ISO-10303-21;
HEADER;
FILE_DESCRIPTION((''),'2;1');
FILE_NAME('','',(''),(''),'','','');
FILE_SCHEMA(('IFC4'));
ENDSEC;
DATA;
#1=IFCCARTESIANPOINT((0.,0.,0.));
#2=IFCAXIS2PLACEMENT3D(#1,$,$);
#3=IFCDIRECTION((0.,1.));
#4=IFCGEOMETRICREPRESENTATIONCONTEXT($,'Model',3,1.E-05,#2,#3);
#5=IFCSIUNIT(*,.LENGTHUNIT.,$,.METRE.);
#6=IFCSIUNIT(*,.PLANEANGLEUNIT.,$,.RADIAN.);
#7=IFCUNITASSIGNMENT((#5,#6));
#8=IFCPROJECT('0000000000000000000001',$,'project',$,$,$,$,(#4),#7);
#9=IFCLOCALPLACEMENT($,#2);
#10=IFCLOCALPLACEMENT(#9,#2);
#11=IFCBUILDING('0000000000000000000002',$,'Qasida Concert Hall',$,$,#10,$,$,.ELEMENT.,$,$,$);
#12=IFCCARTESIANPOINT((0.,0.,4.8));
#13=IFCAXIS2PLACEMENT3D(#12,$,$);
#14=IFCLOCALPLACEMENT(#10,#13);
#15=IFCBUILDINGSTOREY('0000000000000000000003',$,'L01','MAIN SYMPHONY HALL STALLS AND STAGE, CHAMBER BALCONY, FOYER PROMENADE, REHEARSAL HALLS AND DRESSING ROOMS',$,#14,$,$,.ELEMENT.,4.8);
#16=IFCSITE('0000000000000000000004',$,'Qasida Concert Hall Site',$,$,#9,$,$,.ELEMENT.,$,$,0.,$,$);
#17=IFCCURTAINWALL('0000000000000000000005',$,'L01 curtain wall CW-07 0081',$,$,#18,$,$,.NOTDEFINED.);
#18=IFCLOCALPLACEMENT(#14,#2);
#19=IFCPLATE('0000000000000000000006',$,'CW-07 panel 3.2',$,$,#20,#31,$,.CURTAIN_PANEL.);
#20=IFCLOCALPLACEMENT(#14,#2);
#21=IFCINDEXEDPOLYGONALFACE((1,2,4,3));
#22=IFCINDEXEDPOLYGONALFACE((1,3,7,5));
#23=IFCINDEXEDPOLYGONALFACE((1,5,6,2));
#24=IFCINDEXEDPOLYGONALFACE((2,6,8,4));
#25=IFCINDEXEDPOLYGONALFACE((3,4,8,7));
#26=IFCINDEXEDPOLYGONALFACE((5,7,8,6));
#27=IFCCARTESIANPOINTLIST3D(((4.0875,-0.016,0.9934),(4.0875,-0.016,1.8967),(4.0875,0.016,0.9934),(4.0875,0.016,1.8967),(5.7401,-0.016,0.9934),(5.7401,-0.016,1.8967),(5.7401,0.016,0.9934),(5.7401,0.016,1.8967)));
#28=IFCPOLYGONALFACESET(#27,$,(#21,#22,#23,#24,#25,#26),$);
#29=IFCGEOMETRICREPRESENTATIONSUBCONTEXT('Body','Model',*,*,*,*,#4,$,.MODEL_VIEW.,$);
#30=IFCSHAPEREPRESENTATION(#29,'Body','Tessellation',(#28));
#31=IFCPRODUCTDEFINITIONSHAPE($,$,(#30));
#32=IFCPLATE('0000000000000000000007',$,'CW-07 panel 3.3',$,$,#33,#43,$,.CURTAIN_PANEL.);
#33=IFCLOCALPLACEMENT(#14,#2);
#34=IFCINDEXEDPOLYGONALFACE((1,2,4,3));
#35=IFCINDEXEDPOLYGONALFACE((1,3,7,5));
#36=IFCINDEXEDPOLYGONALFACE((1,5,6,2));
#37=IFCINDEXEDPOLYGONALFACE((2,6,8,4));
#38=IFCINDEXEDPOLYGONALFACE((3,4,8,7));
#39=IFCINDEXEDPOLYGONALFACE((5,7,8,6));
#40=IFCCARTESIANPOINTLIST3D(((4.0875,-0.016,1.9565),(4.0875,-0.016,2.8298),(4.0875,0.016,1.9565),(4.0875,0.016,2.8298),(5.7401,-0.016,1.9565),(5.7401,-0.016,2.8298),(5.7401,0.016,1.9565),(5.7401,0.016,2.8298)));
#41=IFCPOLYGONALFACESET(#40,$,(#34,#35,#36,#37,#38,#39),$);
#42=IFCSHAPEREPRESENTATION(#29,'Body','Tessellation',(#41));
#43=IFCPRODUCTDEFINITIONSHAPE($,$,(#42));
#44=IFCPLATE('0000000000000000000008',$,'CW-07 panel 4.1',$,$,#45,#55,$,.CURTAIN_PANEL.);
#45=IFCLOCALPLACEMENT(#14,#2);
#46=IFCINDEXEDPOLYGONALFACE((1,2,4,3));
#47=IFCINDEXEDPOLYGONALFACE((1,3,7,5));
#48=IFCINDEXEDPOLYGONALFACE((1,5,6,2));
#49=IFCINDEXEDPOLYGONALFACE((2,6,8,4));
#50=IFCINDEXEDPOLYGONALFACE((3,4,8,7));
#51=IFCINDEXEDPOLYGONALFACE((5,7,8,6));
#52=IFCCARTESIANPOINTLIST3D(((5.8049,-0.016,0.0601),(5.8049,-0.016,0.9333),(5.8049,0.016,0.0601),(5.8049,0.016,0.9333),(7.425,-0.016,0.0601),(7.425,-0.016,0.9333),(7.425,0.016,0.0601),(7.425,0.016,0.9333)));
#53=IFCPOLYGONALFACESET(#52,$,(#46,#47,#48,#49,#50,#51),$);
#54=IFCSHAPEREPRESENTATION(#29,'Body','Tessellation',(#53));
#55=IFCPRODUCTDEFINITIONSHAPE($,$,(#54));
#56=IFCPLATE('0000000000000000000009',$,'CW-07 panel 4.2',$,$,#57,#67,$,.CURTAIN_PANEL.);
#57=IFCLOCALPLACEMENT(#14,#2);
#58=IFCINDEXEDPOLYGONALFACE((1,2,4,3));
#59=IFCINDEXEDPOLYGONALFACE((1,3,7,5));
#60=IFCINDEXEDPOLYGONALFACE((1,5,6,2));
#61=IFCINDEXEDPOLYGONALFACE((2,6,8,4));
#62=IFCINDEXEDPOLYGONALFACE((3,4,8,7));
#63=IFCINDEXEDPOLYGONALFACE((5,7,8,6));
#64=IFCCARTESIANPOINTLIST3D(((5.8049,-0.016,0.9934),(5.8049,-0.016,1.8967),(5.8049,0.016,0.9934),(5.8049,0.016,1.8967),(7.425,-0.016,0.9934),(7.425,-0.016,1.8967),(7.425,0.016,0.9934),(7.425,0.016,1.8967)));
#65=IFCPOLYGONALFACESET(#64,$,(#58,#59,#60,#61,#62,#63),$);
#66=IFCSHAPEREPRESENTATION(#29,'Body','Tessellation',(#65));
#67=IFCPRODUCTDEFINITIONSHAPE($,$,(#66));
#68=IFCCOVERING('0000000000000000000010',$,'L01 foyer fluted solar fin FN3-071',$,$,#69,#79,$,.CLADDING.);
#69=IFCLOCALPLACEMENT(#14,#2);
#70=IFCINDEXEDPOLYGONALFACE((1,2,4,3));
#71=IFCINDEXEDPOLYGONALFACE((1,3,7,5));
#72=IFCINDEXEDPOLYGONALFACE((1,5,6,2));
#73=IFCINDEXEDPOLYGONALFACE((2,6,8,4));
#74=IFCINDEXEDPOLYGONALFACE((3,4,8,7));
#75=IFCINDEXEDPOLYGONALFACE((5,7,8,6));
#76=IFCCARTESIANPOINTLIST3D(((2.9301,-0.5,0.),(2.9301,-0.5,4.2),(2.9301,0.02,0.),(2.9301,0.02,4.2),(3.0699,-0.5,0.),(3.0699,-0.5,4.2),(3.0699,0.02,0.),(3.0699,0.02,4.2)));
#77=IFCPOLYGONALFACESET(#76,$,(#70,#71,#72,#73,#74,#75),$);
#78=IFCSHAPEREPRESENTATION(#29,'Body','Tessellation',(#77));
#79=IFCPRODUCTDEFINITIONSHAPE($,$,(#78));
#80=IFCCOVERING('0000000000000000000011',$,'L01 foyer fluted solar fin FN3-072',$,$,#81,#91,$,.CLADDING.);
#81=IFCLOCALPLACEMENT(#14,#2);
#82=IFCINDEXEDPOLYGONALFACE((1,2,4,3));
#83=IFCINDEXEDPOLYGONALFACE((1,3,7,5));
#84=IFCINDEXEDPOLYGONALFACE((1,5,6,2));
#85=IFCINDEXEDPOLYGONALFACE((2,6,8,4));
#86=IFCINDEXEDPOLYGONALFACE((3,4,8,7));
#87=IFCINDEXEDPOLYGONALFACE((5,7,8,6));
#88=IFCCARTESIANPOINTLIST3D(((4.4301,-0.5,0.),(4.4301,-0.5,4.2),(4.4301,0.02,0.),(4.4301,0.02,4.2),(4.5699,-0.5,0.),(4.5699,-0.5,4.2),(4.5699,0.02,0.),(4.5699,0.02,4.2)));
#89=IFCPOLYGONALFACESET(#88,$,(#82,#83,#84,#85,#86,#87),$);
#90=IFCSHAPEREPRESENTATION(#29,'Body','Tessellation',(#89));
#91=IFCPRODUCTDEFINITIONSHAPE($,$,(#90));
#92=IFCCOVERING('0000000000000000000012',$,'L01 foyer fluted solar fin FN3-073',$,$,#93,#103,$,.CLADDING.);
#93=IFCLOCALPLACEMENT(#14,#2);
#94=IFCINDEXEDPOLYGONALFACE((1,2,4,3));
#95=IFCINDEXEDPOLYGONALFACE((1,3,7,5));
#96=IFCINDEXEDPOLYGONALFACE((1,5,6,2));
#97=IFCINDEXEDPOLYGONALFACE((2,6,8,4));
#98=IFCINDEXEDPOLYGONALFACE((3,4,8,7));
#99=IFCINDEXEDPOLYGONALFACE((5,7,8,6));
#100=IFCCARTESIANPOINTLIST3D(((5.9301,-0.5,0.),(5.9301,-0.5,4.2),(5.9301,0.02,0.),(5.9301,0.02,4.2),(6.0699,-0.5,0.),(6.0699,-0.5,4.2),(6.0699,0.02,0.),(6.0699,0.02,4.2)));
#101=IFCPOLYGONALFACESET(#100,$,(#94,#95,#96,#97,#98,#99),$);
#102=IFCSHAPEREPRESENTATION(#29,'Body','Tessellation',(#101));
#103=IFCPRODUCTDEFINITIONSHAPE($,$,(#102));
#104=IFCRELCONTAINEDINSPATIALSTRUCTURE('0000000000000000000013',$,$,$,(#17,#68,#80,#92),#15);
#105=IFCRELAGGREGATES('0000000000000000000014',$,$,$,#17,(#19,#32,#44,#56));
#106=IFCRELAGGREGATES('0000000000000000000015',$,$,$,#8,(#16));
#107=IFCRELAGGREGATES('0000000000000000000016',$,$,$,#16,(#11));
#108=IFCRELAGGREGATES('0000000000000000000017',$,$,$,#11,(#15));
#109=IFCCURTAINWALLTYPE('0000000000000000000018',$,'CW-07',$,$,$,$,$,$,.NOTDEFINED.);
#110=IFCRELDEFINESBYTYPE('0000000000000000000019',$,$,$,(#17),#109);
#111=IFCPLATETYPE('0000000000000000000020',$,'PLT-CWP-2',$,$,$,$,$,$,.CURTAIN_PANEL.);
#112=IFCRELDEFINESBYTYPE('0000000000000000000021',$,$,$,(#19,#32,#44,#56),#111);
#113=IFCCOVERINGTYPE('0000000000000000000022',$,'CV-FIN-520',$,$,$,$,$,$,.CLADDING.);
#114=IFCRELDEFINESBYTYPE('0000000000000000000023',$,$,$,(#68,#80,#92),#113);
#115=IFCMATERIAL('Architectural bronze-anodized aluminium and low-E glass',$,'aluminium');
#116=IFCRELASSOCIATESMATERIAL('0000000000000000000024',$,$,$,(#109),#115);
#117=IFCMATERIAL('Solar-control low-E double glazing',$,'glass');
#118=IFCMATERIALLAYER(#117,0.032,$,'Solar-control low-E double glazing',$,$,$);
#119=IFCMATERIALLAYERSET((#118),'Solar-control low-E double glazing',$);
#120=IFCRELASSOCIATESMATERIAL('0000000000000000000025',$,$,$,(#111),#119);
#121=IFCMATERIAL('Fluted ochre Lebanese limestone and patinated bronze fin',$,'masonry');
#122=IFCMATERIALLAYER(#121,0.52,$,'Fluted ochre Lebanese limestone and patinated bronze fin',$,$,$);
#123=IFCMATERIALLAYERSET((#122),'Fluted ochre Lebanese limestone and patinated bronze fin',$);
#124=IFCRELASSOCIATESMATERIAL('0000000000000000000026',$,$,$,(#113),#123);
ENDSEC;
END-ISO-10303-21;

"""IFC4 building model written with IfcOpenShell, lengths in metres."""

from ifc_helpers import new_model, si_unit, direction, frame, origin, origin_2d, place, context, subcontext, project, spatial, rectangle, extrude, material, layer, layer_set, type_object, element, aggregate, save


model = new_model("IFC4")

# Units and contexts
model_context = context("Model", 3, precision=1e-05, world=origin(), true_north=direction((0.0, 1.0)))
body_context = subcontext(model_context, "Body", "Model", "MODEL_VIEW")
ifc_project = project(units=[si_unit("LENGTHUNIT", "METRE"), si_unit("PLANEANGLEUNIT", "RADIAN")], contexts=[model_context])

# Site, building, storey
site_placement = place(None, origin())
site = spatial("IfcSite", under=ifc_project, at=site_placement, Name="Qasida Concert Hall Site", CompositionType="ELEMENT", RefElevation=0.0)
building_placement = place(site_placement, origin())
building = spatial("IfcBuilding", under=site, at=building_placement, Name="Qasida Concert Hall", CompositionType="ELEMENT")
storey_placement = place(building_placement, frame((0.0, 0.0, 4.8)))
storey = spatial("IfcBuildingStorey", under=building, at=storey_placement, Name="L01", Description="MAIN SYMPHONY HALL STALLS AND STAGE, CHAMBER BALCONY, FOYER PROMENADE, REHEARSAL HALLS AND DRESSING ROOMS", CompositionType="ELEMENT", Elevation=4.8)

# Curtain wall, plates
ifc_material_1 = material(Name="Architectural bronze-anodized aluminium and low-E glass", Category="aluminium")
curtain_wall_type = type_object("IfcCurtainWallType", Name="CW-07", PredefinedType="NOTDEFINED", material=ifc_material_1)
curtain_wall_placement = place(storey_placement, origin())
curtain_wall = element("IfcCurtainWall", 1, at=curtain_wall_placement, inside=storey, type_object=curtain_wall_type, Name="L01 curtain wall CW-07 0081", PredefinedType="NOTDEFINED")
ifc_material_2 = material(Name="Solar-control low-E double glazing", Category="glass")
ifc_layer_1 = layer(ifc_material_2, 0.032, Name="Solar-control low-E double glazing")
ifc_layer_set_1 = layer_set([ifc_layer_1], Name="Solar-control low-E double glazing")
plate_type = type_object("IfcPlateType", Name="PLT-CWP-2", PredefinedType="CURTAIN_PANEL", material=ifc_layer_set_1)
plate_1_placement = place(storey_placement, frame((4.9138, 0.0, 0.9934), z_axis=(0.0, 0.0, 1.0), x_axis=(1.0, 0.0, 0.0)))
plate_1 = element("IfcPlate", 2, at=plate_1_placement, type_object=plate_type, Name="CW-07 panel 3.2", PredefinedType="CURTAIN_PANEL", context=body_context, shape_type="SweptSolid", body=[
    extrude(rectangle(XDim=1.6526, YDim=0.032, at=origin_2d()), origin(), (0.0, 0.0, 1.0), 0.9033),
])
plate_2_placement = place(storey_placement, frame((4.9138, 0.0, 1.9565), z_axis=(0.0, 0.0, 1.0), x_axis=(1.0, 0.0, 0.0)))
plate_2 = element("IfcPlate", 3, at=plate_2_placement, type_object=plate_type, Name="CW-07 panel 3.3", PredefinedType="CURTAIN_PANEL", context=body_context, shape_type="SweptSolid", body=[
    extrude(rectangle(XDim=1.6526, YDim=0.032, at=origin_2d()), origin(), (0.0, 0.0, 1.0), 0.8733),
])
plate_3_placement = place(storey_placement, frame((6.615, 0.0, 0.0601), z_axis=(0.0, 0.0, 1.0), x_axis=(1.0, 0.0, 0.0)))
plate_3 = element("IfcPlate", 4, at=plate_3_placement, type_object=plate_type, Name="CW-07 panel 4.1", PredefinedType="CURTAIN_PANEL", context=body_context, shape_type="SweptSolid", body=[
    extrude(rectangle(XDim=1.6201, YDim=0.032, at=origin_2d()), origin(), (0.0, 0.0, 1.0), 0.8733),
])
plate_4_placement = place(storey_placement, frame((6.615, 0.0, 0.9934), z_axis=(0.0, 0.0, 1.0), x_axis=(1.0, 0.0, 0.0)))
plate_4 = element("IfcPlate", 5, at=plate_4_placement, type_object=plate_type, Name="CW-07 panel 4.2", PredefinedType="CURTAIN_PANEL", context=body_context, shape_type="SweptSolid", body=[
    extrude(rectangle(XDim=1.6201, YDim=0.032, at=origin_2d()), origin(), (0.0, 0.0, 1.0), 0.9033),
])
aggregate(curtain_wall, [plate_1, plate_2, plate_3, plate_4])

# Coverings
ifc_material_3 = material(Name="Fluted ochre Lebanese limestone and patinated bronze fin", Category="masonry")
ifc_layer_2 = layer(ifc_material_3, 0.52, Name="Fluted ochre Lebanese limestone and patinated bronze fin")
ifc_layer_set_2 = layer_set([ifc_layer_2], Name="Fluted ochre Lebanese limestone and patinated bronze fin")
covering_type = type_object("IfcCoveringType", Name="CV-FIN-520", PredefinedType="CLADDING", material=ifc_layer_set_2)
for number, where, z_axis, x_axis, name in (
    (6, (3.0, -0.24, 0.0), (0.0, 0.0, 1.0), (1.0, 0.0, 0.0), "L01 foyer fluted solar fin FN3-071"),
    (7, (4.5, -0.24, 0.0), (0.0, 0.0, 1.0), (1.0, 0.0, 0.0), "L01 foyer fluted solar fin FN3-072"),
    (8, (6.0, -0.24, 0.0), (0.0, 0.0, 1.0), (1.0, 0.0, 0.0), "L01 foyer fluted solar fin FN3-073"),
):
    element("IfcCovering", number, at=place(storey_placement, frame(where, z_axis=z_axis, x_axis=x_axis)), inside=storey, type_object=covering_type, Name=name, PredefinedType="CLADDING", context=body_context, shape_type="SweptSolid", body=[
        extrude(rectangle(XDim=0.1399, YDim=0.52, at=origin_2d()), origin(), (0.0, 0.0, 1.0), 4.2),
    ])

save(model, "model.ifc")
